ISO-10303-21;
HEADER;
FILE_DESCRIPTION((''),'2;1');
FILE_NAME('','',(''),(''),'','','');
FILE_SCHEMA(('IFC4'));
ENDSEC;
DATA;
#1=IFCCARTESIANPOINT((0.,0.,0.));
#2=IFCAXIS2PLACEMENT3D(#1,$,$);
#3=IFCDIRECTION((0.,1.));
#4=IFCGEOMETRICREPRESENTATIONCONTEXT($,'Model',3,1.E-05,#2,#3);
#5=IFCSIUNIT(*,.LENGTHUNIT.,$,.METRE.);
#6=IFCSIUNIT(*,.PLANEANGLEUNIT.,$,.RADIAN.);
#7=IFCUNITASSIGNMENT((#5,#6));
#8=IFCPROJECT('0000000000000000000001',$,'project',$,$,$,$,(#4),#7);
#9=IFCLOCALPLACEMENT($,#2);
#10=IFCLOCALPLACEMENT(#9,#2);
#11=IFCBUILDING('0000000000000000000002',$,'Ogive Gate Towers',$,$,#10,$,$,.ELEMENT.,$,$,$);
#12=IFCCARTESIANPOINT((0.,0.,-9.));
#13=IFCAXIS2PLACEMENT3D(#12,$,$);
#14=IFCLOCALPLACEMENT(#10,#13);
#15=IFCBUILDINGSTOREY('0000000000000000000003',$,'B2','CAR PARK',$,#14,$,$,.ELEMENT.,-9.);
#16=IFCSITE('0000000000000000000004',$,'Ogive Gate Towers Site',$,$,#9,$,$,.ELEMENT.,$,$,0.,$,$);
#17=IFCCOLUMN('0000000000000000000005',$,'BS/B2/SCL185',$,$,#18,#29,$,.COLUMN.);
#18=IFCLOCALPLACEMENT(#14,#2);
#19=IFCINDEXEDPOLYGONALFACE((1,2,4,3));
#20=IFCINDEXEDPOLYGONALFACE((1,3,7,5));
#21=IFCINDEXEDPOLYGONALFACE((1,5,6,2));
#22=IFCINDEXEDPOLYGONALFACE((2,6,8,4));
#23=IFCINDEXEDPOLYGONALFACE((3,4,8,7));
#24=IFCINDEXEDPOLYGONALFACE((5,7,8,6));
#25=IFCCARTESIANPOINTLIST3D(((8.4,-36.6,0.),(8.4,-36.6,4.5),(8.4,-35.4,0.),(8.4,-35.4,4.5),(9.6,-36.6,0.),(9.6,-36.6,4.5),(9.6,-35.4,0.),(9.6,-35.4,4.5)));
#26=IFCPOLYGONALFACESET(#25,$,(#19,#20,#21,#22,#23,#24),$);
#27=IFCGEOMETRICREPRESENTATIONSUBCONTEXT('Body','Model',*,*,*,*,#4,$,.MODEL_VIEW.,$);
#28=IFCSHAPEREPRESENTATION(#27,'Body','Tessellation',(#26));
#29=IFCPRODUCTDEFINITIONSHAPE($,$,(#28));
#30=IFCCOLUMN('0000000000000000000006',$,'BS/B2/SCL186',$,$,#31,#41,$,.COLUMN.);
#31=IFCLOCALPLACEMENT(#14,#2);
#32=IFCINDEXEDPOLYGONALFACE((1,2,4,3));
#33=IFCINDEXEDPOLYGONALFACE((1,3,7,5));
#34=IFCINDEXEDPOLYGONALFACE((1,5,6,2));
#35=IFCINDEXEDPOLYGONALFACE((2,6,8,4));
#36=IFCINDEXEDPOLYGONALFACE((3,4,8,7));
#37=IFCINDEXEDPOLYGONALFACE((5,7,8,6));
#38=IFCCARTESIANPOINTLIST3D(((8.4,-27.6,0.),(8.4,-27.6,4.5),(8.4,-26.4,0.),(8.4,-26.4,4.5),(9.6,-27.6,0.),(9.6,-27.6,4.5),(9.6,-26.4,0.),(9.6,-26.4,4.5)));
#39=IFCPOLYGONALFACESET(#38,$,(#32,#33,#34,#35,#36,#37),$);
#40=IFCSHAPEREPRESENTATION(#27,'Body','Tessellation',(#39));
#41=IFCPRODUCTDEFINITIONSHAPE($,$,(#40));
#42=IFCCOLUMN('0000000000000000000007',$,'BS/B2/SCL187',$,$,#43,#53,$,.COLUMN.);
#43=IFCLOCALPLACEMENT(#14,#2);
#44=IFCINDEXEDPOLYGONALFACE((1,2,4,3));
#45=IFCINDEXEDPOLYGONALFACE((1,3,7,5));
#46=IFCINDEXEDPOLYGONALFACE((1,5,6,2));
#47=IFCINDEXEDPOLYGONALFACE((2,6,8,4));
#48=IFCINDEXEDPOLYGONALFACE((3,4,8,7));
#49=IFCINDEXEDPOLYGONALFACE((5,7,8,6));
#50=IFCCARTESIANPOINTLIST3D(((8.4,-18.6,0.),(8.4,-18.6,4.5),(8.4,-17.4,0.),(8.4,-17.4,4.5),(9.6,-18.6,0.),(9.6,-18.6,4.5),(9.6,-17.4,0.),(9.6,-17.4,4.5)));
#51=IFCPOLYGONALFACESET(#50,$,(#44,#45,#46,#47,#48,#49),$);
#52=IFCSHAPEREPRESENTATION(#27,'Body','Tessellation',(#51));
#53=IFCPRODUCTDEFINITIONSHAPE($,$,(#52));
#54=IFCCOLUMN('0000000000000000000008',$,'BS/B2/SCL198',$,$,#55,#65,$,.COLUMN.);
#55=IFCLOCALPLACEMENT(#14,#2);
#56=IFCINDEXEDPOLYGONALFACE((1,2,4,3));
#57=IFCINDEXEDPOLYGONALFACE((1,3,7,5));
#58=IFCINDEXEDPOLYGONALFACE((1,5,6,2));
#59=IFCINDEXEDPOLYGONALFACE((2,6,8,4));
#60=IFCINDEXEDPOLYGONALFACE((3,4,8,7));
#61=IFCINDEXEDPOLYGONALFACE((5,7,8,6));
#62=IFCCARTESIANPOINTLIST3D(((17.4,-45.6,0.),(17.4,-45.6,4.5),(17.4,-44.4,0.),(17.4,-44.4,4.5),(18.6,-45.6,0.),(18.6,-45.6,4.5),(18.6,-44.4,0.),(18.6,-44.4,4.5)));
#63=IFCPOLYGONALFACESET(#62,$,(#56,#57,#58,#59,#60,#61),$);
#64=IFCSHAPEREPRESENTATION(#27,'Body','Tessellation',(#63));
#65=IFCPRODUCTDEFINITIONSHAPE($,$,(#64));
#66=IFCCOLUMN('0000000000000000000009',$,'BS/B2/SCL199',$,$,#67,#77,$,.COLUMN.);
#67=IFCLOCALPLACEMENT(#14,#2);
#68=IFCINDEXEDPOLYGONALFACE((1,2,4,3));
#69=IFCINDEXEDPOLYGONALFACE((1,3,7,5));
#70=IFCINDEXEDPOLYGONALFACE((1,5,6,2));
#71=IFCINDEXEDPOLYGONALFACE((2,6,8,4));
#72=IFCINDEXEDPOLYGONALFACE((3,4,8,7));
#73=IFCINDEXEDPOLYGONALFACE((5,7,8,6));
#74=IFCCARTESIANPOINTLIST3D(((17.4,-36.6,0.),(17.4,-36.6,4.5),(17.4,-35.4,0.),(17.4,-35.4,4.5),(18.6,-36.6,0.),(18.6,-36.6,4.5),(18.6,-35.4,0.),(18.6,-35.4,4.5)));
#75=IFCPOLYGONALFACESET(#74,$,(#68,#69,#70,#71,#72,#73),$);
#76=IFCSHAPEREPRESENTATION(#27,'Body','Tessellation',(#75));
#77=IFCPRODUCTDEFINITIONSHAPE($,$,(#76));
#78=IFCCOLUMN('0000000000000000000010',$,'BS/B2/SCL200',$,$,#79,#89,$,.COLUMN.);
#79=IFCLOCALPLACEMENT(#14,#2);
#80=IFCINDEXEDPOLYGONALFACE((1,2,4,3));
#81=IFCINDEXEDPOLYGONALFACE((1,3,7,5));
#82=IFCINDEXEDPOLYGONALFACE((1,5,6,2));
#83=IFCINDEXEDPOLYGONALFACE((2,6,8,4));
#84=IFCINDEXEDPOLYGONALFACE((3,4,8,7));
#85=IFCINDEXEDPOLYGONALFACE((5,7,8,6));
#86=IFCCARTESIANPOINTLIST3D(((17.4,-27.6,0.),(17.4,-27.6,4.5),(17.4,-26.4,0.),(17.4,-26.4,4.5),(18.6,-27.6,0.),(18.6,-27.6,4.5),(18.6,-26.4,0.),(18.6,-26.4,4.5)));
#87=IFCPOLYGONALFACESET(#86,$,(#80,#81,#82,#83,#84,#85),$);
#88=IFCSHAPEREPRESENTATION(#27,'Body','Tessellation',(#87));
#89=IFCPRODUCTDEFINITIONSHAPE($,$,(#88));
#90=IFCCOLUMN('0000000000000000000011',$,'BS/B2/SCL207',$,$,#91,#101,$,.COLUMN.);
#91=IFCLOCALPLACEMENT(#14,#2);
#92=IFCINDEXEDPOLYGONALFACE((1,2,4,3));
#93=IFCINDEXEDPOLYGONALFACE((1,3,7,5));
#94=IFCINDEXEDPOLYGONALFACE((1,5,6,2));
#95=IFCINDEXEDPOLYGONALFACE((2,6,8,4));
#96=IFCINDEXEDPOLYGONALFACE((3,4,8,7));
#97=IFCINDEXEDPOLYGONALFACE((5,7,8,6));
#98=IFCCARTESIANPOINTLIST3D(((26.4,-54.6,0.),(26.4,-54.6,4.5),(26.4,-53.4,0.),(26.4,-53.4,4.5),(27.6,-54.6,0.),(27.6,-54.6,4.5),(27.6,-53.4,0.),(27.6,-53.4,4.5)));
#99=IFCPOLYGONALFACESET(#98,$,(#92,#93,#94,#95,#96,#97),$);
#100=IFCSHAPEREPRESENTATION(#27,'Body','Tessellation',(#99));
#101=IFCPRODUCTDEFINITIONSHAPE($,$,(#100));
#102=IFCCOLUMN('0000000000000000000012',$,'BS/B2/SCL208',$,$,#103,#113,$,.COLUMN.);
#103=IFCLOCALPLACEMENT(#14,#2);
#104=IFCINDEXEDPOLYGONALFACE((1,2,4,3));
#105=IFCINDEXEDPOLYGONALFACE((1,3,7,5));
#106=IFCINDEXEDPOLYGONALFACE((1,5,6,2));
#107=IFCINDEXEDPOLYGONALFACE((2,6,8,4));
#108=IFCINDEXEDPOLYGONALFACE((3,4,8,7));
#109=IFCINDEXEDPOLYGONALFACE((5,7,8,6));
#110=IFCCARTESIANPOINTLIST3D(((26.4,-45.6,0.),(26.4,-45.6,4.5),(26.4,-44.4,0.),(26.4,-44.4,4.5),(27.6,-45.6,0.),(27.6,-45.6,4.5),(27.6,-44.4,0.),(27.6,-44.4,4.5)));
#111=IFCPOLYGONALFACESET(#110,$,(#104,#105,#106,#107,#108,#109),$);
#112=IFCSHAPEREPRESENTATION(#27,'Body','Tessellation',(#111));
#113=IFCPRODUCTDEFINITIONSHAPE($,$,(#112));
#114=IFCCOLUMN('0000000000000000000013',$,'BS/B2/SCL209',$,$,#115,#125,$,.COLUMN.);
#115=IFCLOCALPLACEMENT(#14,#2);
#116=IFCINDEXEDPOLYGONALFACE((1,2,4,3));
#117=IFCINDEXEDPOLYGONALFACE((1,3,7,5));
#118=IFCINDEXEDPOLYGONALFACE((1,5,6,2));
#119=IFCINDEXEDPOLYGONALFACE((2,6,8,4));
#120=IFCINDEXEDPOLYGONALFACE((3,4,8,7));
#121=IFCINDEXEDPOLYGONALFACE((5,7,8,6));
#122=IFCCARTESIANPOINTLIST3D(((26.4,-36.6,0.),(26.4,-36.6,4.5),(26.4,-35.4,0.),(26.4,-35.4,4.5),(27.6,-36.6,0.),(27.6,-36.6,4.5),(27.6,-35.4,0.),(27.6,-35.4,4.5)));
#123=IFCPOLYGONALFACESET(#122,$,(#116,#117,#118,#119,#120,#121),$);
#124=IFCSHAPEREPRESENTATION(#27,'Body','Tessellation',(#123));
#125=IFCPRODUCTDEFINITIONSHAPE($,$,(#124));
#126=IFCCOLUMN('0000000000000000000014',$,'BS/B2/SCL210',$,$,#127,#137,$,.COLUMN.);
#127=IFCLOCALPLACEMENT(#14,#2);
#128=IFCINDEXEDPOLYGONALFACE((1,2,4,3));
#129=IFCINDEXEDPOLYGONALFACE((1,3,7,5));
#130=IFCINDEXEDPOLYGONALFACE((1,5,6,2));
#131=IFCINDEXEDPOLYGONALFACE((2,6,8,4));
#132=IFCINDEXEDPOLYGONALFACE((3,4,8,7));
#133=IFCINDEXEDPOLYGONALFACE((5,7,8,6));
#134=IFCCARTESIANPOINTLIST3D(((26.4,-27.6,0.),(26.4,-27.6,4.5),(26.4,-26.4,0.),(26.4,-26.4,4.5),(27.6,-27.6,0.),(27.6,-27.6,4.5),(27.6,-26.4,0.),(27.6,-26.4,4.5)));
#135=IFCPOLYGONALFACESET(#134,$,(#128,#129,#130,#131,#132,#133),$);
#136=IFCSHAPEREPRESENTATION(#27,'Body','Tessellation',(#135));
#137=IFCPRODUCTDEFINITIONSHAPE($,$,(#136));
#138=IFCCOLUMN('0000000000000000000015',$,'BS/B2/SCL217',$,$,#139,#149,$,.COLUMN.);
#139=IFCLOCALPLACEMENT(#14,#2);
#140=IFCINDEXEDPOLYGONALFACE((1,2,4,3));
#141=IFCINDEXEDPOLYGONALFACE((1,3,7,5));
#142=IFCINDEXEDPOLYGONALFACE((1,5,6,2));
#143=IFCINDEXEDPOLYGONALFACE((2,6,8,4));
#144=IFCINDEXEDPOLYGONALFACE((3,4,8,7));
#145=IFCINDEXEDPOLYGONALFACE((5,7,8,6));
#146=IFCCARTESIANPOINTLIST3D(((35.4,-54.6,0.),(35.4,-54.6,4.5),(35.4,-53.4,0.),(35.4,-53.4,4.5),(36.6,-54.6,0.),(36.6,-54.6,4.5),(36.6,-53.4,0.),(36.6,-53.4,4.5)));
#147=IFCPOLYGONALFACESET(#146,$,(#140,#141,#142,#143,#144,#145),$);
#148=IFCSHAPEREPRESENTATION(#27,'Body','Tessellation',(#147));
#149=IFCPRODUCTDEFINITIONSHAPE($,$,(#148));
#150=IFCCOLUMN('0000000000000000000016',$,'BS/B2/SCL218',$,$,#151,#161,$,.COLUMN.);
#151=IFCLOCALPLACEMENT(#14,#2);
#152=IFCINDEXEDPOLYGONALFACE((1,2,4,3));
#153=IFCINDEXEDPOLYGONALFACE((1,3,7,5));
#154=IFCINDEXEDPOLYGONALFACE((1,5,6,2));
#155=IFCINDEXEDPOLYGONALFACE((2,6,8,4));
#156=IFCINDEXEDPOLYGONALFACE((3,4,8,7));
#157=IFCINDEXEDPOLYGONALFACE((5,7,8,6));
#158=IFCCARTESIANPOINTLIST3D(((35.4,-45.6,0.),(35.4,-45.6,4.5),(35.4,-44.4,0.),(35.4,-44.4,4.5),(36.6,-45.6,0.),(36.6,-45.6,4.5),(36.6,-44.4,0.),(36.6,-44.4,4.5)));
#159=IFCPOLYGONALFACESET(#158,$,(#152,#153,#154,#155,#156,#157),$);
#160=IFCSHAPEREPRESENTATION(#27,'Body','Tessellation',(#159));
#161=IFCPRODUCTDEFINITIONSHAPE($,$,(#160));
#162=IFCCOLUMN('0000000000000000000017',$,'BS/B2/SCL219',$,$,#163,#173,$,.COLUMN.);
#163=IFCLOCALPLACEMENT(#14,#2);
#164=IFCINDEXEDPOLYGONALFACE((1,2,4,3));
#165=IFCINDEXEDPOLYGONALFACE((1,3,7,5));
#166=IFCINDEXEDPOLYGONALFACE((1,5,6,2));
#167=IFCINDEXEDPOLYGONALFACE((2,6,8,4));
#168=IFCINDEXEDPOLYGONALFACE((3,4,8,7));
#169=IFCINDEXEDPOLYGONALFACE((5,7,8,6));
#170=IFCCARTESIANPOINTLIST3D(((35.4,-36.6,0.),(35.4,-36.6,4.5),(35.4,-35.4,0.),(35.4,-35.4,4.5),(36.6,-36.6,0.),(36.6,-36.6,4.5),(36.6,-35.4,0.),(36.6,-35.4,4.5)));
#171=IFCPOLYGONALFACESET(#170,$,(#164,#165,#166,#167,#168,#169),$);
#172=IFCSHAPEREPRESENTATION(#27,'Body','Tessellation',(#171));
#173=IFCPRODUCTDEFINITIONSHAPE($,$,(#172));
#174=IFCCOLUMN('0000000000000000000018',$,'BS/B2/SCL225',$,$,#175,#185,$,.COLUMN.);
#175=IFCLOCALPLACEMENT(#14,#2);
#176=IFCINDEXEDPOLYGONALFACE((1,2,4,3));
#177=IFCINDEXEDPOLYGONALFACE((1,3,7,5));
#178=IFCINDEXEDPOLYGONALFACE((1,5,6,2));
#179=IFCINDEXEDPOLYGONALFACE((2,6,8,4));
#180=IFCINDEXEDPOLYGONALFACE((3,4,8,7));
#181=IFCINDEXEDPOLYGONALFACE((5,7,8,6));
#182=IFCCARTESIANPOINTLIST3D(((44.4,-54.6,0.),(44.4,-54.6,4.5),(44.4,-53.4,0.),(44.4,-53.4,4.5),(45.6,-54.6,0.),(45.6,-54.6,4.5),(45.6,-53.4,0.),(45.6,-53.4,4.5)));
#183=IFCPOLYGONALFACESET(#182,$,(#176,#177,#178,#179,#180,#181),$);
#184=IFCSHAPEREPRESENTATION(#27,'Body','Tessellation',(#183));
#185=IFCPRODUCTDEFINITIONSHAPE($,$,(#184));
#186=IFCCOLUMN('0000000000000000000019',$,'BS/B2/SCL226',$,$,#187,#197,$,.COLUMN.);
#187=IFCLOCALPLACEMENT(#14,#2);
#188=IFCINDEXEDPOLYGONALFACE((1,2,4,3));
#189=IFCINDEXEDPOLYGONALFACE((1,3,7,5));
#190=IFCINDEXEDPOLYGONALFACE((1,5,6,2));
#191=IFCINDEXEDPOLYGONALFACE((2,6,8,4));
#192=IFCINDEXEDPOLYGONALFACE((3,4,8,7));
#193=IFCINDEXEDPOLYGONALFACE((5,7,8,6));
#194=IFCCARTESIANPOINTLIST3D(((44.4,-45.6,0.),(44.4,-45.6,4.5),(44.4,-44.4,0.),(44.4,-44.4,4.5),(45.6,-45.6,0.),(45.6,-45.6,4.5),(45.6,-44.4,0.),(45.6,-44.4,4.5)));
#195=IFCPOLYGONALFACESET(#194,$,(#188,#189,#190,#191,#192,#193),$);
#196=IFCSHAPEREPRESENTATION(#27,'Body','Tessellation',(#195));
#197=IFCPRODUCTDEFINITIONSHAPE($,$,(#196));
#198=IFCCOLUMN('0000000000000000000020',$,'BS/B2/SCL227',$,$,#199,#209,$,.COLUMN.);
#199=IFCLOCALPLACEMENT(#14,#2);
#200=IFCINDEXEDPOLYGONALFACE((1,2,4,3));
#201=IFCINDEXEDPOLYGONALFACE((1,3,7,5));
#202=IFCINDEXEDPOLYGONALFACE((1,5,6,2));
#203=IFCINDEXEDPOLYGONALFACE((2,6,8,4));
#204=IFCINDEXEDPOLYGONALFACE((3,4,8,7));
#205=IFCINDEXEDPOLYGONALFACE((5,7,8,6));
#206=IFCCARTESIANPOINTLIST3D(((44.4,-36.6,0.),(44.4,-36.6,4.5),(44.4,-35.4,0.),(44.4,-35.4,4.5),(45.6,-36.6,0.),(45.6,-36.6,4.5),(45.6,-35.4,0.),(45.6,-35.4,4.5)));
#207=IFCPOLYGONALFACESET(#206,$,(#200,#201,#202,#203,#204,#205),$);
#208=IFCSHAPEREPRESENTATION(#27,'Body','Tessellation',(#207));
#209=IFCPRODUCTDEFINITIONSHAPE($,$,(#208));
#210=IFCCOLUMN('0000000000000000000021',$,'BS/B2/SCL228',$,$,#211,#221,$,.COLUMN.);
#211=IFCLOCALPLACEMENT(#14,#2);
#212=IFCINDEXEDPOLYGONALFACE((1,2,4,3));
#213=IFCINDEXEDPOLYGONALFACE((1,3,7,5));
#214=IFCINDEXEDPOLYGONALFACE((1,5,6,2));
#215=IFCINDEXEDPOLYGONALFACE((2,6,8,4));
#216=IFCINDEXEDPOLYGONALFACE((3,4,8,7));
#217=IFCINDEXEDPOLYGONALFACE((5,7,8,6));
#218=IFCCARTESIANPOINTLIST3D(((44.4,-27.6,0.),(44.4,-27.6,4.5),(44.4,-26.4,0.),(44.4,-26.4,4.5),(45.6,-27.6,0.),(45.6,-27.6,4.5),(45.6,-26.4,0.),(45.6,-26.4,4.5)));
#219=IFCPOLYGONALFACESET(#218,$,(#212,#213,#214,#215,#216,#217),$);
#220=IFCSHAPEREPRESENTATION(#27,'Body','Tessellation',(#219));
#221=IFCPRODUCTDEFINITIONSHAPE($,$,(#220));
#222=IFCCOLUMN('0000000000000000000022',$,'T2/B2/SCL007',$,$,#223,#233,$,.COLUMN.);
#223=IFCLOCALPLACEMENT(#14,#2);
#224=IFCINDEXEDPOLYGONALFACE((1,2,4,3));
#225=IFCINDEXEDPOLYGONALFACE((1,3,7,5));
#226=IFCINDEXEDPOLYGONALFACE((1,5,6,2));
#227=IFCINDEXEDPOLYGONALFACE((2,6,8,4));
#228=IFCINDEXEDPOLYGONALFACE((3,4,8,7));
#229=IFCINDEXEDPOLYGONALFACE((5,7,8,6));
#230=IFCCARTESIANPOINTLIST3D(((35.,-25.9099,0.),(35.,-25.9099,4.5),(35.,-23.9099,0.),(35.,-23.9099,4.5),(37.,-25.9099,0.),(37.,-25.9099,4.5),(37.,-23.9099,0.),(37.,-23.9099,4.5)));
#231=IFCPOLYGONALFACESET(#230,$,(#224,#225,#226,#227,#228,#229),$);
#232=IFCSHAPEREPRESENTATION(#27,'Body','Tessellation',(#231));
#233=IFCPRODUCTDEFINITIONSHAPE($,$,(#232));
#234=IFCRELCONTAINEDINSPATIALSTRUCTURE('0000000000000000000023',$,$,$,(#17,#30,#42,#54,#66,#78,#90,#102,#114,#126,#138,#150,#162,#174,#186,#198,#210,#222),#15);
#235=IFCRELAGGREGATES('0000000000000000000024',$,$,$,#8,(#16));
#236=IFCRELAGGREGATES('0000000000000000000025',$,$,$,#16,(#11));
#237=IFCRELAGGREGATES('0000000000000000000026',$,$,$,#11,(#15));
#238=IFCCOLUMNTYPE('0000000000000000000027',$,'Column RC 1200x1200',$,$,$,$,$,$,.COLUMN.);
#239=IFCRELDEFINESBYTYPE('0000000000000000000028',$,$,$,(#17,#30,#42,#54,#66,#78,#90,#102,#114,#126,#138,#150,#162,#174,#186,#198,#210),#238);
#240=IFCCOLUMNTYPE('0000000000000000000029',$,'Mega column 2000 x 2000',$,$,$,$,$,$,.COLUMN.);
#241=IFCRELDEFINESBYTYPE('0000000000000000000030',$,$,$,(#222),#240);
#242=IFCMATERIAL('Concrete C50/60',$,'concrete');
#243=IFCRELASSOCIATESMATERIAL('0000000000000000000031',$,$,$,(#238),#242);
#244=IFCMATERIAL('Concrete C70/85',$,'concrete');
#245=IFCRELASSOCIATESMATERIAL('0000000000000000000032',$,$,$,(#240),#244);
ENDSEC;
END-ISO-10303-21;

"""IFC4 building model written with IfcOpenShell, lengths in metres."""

from ifc_helpers import new_model, si_unit, direction, frame, origin, origin_2d, place, context, subcontext, project, spatial, rectangle, extrude, material, material_profile, profile_set, type_object, element, save


model = new_model("IFC4")

# Units and contexts
model_context = context("Model", 3, precision=1e-05, world=origin(), true_north=direction((0.0, 1.0)))
body_context = subcontext(model_context, "Body", "Model", "MODEL_VIEW")
ifc_project = project(units=[si_unit("LENGTHUNIT", "METRE"), si_unit("PLANEANGLEUNIT", "RADIAN")], contexts=[model_context])

# Site, building, storey
site_placement = place(None, origin())
site = spatial("IfcSite", under=ifc_project, at=site_placement, Name="Ogive Gate Towers Site", CompositionType="ELEMENT", RefElevation=0.0)
building_placement = place(site_placement, origin())
building = spatial("IfcBuilding", under=site, at=building_placement, Name="Ogive Gate Towers", CompositionType="ELEMENT")
storey_placement = place(building_placement, frame((0.0, 0.0, -9.0)))
storey = spatial("IfcBuildingStorey", under=building, at=storey_placement, Name="B2", Description="CAR PARK", CompositionType="ELEMENT", Elevation=-9.0)

# Columns
ifc_material_1 = material(Name="Concrete C50/60", Category="concrete")
ifc_material_profile_1 = material_profile(ifc_material_1, rectangle(XDim=1.2, YDim=1.2, at=origin_2d()), Name="RC 1200x1200")
ifc_profile_set_1 = profile_set([ifc_material_profile_1], Name="Concrete C50/60")
column_type_1 = type_object("IfcColumnType", Name="Column RC 1200x1200", PredefinedType="COLUMN", material=ifc_profile_set_1)
for number, where, z_axis, x_axis, name in (
    (1, (9.0, -36.0, 0.0), (0.0, 0.0, 1.0), (1.0, 0.0, 0.0), "BS/B2/SCL185"),
    (2, (9.0, -27.0, 0.0), (0.0, 0.0, 1.0), (1.0, 0.0, 0.0), "BS/B2/SCL186"),
    (3, (9.0, -18.0, 0.0), (0.0, 0.0, 1.0), (1.0, 0.0, 0.0), "BS/B2/SCL187"),
    (4, (18.0, -45.0, 0.0), (0.0, 0.0, 1.0), (1.0, 0.0, 0.0), "BS/B2/SCL198"),
    (5, (18.0, -36.0, 0.0), (0.0, 0.0, 1.0), (1.0, 0.0, 0.0), "BS/B2/SCL199"),
    (6, (18.0, -27.0, 0.0), (0.0, 0.0, 1.0), (1.0, 0.0, 0.0), "BS/B2/SCL200"),
    (7, (27.0, -54.0, 0.0), (0.0, 0.0, 1.0), (1.0, 0.0, 0.0), "BS/B2/SCL207"),
    (8, (27.0, -45.0, 0.0), (0.0, 0.0, 1.0), (1.0, 0.0, 0.0), "BS/B2/SCL208"),
    (9, (27.0, -36.0, 0.0), (0.0, 0.0, 1.0), (1.0, 0.0, 0.0), "BS/B2/SCL209"),
    (10, (27.0, -27.0, 0.0), (0.0, 0.0, 1.0), (1.0, 0.0, 0.0), "BS/B2/SCL210"),
    (11, (36.0, -54.0, 0.0), (0.0, 0.0, 1.0), (1.0, 0.0, 0.0), "BS/B2/SCL217"),
    (12, (36.0, -45.0, 0.0), (0.0, 0.0, 1.0), (1.0, 0.0, 0.0), "BS/B2/SCL218"),
    (13, (36.0, -36.0, 0.0), (0.0, 0.0, 1.0), (1.0, 0.0, 0.0), "BS/B2/SCL219"),
    (14, (45.0, -54.0, 0.0), (0.0, 0.0, 1.0), (1.0, 0.0, 0.0), "BS/B2/SCL225"),
    (15, (45.0, -45.0, 0.0), (0.0, 0.0, 1.0), (1.0, 0.0, 0.0), "BS/B2/SCL226"),
    (16, (45.0, -36.0, 0.0), (0.0, 0.0, 1.0), (1.0, 0.0, 0.0), "BS/B2/SCL227"),
    (17, (45.0, -27.0, 0.0), (0.0, 0.0, 1.0), (1.0, 0.0, 0.0), "BS/B2/SCL228"),
):
    element("IfcColumn", number, at=place(storey_placement, frame(where, z_axis=z_axis, x_axis=x_axis)), inside=storey, type_object=column_type_1, Name=name, PredefinedType="COLUMN", context=body_context, shape_type="SweptSolid", body=[
        extrude(rectangle(XDim=1.2, YDim=1.2, at=origin_2d()), origin(), (0.0, 0.0, 1.0), 4.5),
    ])
ifc_material_2 = material(Name="Concrete C70/85", Category="concrete")
ifc_material_profile_2 = material_profile(ifc_material_2, rectangle(XDim=2.0, YDim=2.0, at=origin_2d()), Name="RC 2000x2000")
ifc_profile_set_2 = profile_set([ifc_material_profile_2], Name="Concrete C70/85")
column_type_2 = type_object("IfcColumnType", Name="Mega column 2000 x 2000", PredefinedType="COLUMN", material=ifc_profile_set_2)
column_placement = place(storey_placement, frame((36.0, -24.9099, 0.0), z_axis=(0.0, 0.0, 1.0), x_axis=(0.0, -1.0, 0.0)))
element("IfcColumn", 18, at=column_placement, inside=storey, type_object=column_type_2, Name="T2/B2/SCL007", PredefinedType="COLUMN", context=body_context, shape_type="SweptSolid", body=[
    extrude(rectangle(XDim=2.0, YDim=2.0, at=origin_2d()), origin(), (0.0, 0.0, 1.0), 4.5),
])

save(model, "model.ifc")
